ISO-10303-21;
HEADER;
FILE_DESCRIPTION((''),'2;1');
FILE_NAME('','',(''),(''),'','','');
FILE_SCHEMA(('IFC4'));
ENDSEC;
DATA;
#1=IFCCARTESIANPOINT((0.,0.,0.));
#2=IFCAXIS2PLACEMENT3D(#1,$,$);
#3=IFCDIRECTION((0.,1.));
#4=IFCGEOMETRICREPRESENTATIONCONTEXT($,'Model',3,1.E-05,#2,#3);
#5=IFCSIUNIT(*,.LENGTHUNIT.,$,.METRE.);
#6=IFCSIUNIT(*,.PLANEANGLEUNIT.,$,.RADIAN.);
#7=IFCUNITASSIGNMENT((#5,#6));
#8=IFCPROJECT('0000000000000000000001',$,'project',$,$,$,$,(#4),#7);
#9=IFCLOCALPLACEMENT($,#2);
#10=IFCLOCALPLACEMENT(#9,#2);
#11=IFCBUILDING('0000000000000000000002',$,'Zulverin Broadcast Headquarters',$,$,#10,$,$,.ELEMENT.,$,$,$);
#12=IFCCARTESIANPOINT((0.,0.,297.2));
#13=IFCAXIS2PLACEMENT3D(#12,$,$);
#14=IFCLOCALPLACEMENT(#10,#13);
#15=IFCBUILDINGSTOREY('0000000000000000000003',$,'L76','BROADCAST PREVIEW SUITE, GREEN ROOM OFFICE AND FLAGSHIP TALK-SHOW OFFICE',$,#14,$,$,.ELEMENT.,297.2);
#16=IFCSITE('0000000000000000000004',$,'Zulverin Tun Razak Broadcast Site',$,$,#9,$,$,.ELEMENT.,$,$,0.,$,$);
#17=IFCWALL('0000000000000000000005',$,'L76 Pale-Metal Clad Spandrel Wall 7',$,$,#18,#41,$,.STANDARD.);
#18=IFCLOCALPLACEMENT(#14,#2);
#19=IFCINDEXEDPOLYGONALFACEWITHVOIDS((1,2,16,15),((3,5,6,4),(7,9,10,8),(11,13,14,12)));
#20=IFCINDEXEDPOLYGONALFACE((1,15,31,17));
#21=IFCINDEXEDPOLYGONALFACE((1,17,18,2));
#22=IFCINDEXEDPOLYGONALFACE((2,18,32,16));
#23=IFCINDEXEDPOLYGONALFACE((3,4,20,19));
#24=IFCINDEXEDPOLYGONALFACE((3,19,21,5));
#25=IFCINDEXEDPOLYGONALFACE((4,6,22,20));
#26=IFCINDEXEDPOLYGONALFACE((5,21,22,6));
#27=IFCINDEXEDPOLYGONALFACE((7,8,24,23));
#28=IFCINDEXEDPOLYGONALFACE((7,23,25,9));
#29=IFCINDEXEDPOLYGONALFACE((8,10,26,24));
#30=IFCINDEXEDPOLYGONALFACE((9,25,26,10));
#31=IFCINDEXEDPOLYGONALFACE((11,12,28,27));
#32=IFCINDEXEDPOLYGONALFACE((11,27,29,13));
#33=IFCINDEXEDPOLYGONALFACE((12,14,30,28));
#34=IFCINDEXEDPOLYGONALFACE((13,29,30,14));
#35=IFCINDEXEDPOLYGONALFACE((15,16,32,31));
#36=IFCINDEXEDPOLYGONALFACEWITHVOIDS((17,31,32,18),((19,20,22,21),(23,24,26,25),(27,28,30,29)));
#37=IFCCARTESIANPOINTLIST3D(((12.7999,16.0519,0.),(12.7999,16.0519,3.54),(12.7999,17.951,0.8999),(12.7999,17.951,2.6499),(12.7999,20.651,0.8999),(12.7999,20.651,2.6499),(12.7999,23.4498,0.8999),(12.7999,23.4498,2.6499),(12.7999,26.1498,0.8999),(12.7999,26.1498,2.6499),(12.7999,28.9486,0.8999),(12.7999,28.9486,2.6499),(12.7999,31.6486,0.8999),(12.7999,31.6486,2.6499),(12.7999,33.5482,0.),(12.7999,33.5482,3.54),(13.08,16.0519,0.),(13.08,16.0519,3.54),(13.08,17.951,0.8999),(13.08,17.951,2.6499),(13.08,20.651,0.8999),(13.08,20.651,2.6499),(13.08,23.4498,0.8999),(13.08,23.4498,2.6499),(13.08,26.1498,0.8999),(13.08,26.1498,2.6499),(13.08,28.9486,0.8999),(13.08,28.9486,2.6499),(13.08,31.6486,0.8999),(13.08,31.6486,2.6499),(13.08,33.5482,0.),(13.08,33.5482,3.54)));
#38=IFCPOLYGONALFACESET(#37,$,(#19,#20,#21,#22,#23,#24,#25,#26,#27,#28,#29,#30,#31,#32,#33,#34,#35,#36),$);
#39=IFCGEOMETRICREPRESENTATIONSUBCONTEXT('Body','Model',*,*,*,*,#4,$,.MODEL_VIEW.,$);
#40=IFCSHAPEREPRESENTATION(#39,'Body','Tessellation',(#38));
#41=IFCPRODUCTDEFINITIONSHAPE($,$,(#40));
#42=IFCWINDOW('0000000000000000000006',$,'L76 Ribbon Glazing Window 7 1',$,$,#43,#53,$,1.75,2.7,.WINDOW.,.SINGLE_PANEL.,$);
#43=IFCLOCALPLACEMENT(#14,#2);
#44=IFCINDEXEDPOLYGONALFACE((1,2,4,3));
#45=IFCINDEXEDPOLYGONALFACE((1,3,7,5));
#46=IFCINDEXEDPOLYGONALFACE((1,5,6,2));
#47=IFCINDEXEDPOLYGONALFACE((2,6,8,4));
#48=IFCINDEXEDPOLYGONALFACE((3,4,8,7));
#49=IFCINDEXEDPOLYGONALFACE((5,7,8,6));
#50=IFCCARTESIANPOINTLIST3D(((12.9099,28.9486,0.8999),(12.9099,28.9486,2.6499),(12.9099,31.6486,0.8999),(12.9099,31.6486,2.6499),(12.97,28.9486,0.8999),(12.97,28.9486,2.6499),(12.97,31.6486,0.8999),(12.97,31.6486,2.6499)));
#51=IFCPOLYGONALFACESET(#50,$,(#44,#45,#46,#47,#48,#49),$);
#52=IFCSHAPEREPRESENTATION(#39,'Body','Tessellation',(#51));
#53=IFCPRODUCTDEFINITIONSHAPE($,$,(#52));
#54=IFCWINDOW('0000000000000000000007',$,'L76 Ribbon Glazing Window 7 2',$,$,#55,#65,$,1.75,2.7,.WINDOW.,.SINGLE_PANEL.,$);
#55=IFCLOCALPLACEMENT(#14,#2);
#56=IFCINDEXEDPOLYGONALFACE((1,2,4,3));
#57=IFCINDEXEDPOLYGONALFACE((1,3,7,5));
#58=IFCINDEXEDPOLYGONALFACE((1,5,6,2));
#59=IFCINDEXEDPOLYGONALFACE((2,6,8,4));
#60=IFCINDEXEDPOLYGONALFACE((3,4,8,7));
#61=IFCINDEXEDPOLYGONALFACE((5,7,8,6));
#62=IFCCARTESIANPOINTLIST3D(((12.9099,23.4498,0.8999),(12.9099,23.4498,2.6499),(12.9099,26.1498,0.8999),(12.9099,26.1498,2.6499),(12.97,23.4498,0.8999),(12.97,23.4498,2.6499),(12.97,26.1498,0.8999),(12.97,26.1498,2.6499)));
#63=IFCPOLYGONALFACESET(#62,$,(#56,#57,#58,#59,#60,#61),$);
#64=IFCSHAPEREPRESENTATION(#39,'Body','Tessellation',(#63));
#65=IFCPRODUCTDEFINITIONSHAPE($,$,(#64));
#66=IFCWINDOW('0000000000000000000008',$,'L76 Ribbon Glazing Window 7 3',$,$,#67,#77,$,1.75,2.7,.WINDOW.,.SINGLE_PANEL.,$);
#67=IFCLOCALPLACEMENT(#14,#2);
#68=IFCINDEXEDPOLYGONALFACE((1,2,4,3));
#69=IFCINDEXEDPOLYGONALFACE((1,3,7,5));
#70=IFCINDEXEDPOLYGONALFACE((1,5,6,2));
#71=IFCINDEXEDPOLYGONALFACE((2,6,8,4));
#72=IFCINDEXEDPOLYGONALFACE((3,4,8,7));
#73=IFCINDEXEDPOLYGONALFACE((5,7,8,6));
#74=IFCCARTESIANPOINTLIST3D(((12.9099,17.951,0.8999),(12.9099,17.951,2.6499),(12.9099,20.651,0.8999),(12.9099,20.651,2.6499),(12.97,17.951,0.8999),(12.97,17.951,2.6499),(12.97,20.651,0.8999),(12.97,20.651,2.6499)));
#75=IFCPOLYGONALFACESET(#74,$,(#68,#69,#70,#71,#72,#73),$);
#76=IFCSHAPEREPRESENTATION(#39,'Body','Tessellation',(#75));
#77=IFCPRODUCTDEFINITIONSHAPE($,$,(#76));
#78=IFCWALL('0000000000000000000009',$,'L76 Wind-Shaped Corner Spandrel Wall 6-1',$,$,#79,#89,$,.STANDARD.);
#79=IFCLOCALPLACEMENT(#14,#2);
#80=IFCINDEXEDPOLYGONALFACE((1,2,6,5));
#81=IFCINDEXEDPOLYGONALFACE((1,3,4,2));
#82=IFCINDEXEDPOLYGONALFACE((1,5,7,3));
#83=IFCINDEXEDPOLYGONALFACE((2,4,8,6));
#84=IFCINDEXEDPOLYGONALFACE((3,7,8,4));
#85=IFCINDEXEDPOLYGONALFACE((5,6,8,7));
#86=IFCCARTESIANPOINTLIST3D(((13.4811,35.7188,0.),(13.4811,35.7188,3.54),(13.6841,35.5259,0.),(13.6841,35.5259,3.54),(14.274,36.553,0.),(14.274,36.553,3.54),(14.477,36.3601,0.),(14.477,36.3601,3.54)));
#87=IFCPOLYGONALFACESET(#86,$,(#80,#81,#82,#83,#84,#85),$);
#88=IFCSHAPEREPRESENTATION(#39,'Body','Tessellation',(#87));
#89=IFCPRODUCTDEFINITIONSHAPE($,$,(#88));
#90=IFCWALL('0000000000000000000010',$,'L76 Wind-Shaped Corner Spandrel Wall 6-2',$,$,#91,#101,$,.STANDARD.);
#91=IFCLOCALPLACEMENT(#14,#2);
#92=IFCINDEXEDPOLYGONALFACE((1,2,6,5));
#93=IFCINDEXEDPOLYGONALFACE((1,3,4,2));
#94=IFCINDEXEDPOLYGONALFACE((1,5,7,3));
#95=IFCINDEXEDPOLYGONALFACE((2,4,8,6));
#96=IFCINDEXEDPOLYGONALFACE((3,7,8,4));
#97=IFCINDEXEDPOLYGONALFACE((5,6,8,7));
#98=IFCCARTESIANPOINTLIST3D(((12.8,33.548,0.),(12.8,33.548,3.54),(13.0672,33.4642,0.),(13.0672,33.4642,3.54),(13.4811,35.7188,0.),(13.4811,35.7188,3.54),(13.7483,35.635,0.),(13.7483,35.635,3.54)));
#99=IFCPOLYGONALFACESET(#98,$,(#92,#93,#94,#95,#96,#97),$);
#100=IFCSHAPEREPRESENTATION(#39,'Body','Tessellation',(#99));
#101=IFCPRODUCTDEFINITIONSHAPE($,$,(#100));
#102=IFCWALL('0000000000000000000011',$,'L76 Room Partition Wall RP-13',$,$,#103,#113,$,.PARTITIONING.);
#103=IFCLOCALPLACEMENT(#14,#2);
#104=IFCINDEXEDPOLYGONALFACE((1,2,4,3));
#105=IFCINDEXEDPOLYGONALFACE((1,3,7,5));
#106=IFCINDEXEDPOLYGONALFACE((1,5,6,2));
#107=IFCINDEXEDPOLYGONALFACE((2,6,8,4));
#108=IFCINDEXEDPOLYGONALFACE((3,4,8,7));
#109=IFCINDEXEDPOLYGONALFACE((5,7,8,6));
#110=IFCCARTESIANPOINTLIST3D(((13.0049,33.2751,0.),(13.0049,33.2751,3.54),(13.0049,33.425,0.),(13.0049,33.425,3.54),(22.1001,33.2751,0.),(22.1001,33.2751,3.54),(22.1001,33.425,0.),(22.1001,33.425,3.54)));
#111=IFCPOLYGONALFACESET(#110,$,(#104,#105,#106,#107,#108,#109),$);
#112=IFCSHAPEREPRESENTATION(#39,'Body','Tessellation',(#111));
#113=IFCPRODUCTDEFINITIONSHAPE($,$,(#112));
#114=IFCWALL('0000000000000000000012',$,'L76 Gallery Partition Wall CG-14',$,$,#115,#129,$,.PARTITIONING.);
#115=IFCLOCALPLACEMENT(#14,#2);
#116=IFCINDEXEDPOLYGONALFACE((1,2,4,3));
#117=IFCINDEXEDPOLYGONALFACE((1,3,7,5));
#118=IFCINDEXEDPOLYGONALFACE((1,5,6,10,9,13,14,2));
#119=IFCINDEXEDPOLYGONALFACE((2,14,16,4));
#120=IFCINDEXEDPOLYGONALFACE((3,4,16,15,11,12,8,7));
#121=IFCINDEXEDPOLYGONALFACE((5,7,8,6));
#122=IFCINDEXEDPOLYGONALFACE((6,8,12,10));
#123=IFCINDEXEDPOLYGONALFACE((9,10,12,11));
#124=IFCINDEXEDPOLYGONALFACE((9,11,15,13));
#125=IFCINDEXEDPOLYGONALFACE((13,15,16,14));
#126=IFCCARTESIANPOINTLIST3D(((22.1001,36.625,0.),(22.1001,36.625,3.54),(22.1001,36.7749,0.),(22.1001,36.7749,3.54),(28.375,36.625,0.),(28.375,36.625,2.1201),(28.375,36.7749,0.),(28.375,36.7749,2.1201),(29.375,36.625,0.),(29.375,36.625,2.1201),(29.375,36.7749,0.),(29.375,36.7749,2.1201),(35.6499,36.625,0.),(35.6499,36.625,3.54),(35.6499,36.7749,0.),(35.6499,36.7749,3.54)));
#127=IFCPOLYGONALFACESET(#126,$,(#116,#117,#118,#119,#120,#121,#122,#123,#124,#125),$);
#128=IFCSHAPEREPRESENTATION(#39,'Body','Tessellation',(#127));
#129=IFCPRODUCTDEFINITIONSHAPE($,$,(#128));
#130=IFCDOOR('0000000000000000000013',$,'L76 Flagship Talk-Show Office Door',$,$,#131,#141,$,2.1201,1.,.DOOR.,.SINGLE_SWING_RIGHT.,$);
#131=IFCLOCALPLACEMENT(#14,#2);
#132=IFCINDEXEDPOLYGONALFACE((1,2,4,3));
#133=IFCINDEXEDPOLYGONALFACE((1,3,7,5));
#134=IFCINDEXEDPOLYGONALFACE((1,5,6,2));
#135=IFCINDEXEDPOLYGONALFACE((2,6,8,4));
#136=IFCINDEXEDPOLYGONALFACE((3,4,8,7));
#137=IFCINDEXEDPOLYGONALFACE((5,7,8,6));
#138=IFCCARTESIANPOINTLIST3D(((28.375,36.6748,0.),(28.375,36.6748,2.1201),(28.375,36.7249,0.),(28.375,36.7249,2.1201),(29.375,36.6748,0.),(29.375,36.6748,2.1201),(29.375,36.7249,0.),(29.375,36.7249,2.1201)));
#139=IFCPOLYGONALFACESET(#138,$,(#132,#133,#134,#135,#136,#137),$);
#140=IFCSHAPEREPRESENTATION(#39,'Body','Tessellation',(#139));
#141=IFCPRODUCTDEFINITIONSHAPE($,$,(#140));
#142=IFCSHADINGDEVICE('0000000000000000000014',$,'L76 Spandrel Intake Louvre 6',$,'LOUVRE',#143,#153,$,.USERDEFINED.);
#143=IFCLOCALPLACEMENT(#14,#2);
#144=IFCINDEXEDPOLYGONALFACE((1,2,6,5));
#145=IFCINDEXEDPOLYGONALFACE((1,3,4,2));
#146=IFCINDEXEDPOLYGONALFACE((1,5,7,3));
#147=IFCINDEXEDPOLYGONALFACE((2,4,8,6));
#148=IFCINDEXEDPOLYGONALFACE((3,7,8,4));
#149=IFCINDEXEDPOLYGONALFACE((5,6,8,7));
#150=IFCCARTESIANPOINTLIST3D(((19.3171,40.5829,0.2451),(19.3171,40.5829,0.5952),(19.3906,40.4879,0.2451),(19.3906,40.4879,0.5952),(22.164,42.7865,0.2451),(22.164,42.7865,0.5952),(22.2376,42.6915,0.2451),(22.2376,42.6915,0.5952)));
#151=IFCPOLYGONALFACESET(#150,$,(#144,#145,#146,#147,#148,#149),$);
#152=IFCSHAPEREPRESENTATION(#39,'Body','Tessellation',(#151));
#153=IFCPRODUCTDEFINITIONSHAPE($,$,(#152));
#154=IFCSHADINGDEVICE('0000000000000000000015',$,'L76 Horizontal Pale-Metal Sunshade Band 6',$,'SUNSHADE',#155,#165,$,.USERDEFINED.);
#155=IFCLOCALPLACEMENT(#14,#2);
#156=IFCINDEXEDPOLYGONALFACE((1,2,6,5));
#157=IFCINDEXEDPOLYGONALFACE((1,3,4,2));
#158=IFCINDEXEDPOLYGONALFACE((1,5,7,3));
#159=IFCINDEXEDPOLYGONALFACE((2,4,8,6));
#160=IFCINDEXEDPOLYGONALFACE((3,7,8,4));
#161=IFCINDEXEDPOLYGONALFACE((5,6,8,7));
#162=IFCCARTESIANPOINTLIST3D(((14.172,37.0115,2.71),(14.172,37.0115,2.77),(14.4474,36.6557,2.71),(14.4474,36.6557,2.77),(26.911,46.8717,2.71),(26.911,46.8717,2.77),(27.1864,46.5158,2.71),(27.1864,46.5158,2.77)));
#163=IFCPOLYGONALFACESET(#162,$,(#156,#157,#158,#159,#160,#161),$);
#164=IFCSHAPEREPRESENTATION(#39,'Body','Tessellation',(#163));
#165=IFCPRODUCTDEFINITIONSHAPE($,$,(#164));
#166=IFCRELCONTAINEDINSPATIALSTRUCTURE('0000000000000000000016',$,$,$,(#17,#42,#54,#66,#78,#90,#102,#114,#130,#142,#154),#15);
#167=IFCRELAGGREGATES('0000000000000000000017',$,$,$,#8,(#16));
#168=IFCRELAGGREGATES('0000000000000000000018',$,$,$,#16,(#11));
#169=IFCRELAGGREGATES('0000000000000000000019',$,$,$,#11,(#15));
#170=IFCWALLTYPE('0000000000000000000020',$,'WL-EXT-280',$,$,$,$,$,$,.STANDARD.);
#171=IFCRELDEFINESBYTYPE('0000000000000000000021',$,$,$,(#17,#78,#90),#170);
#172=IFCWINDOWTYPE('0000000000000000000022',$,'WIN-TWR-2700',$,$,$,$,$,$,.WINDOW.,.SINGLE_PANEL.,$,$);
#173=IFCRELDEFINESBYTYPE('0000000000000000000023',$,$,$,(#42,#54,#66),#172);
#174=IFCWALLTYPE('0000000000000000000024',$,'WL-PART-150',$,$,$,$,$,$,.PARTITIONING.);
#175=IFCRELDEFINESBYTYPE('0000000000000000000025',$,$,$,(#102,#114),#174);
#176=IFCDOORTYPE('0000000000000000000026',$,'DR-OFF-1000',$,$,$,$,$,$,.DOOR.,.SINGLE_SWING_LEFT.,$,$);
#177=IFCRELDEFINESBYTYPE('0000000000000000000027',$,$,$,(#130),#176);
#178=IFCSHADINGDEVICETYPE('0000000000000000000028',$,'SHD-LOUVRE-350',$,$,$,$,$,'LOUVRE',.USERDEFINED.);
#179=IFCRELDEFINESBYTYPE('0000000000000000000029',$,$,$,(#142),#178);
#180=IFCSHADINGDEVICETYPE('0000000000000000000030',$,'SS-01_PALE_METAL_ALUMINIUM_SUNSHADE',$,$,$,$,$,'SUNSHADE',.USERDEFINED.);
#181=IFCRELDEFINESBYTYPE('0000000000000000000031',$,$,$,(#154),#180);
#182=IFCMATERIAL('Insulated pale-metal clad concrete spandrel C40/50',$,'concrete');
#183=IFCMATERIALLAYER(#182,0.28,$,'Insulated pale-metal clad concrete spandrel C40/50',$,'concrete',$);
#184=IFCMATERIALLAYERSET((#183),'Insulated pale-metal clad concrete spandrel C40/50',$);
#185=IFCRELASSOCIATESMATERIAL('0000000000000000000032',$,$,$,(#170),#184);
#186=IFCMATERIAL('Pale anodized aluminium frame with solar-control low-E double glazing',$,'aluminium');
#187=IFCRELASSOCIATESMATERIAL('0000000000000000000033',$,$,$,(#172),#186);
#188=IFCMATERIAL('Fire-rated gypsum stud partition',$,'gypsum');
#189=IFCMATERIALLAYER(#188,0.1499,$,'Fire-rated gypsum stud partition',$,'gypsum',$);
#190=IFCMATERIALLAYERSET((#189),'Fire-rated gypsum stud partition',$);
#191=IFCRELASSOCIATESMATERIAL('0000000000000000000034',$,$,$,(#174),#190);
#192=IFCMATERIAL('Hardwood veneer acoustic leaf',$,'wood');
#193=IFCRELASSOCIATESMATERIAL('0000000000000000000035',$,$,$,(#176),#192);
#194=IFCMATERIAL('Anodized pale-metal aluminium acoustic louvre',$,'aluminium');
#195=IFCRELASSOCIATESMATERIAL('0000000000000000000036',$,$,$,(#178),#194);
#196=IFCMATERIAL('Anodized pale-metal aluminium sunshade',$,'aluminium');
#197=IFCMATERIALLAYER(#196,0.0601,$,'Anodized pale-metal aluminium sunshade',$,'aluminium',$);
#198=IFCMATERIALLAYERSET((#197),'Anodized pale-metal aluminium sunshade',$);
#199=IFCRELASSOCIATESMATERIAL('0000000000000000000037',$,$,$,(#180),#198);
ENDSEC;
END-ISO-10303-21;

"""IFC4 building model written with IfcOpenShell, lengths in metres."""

from ifc_helpers import new_model, si_unit, direction, frame, frame_2d, origin, origin_2d, place, context, subcontext, project, spatial, rectangle, extrude, material, layer, layer_set, type_object, element, fill, save


model = new_model("IFC4")

# Units and contexts
model_context = context("Model", 3, precision=1e-05, world=origin(), true_north=direction((0.0, 1.0)))
body_context = subcontext(model_context, "Body", "Model", "MODEL_VIEW")
ifc_project = project(units=[si_unit("LENGTHUNIT", "METRE"), si_unit("PLANEANGLEUNIT", "RADIAN")], contexts=[model_context])

# Site, building, storey
site_placement = place(None, origin())
site = spatial("IfcSite", under=ifc_project, at=site_placement, Name="Zulverin Tun Razak Broadcast Site", CompositionType="ELEMENT", RefElevation=0.0)
building_placement = place(site_placement, origin())
building = spatial("IfcBuilding", under=site, at=building_placement, Name="Zulverin Broadcast Headquarters", CompositionType="ELEMENT")
storey_placement = place(building_placement, frame((0.0, 0.0, 297.2)))
storey = spatial("IfcBuildingStorey", under=building, at=storey_placement, Name="L76", Description="BROADCAST PREVIEW SUITE, GREEN ROOM OFFICE AND FLAGSHIP TALK-SHOW OFFICE", CompositionType="ELEMENT", Elevation=297.2)

# Wall, openings, windows
ifc_material_1 = material(Name="Insulated pale-metal clad concrete spandrel C40/50", Category="concrete")
ifc_layer_1 = layer(ifc_material_1, 0.28, Name="Insulated pale-metal clad concrete spandrel C40/50", Category="concrete")
ifc_layer_set_1 = layer_set([ifc_layer_1], Name="Insulated pale-metal clad concrete spandrel C40/50")
wall_type_1 = type_object("IfcWallType", Name="WL-EXT-280", PredefinedType="STANDARD", material=ifc_layer_set_1)
wall_1_placement = place(storey_placement, frame((12.9399, 33.5481, 0.0), z_axis=(0.0, 0.0, 1.0), x_axis=(0.0, -1.0, 0.0)))
wall_1 = element("IfcWall", 1, at=wall_1_placement, inside=storey, type_object=wall_type_1, Name="L76 Pale-Metal Clad Spandrel Wall 7", PredefinedType="STANDARD", context=body_context, shape_type="SweptSolid", body=[
    extrude(rectangle(XDim=17.4963, YDim=0.28, at=frame_2d((8.748, 0.0))), origin(), (0.0, 0.0, 1.0), 3.54),
])
opening_1_placement = place(wall_1_placement, frame((1.8994, 0.0, 0.8999)))
opening_1 = element("IfcOpeningElement", 2, at=opening_1_placement, cuts=wall_1, PredefinedType="OPENING", context=body_context, shape_type="SweptSolid", body=[
    extrude(rectangle(XDim=2.7, YDim=1.75, at=frame_2d((1.3501, 0.875))), frame((0.0, 0.1499, 0.0), z_axis=(0.0, -1.0, 0.0), x_axis=(1.0, 0.0, 0.0)), (0.0, 0.0, 1.0), 0.3),
])
opening_2_placement = place(wall_1_placement, frame((7.3982, 0.0, 0.8999)))
opening_2 = element("IfcOpeningElement", 3, at=opening_2_placement, cuts=wall_1, PredefinedType="OPENING", context=body_context, shape_type="SweptSolid", body=[
    extrude(rectangle(XDim=2.7, YDim=1.75, at=frame_2d((1.3501, 0.875))), frame((0.0, 0.1499, 0.0), z_axis=(0.0, -1.0, 0.0), x_axis=(1.0, 0.0, 0.0)), (0.0, 0.0, 1.0), 0.3),
])
opening_3_placement = place(wall_1_placement, frame((12.897, 0.0, 0.8999)))
opening_3 = element("IfcOpeningElement", 4, at=opening_3_placement, cuts=wall_1, PredefinedType="OPENING", context=body_context, shape_type="SweptSolid", body=[
    extrude(rectangle(XDim=2.7, YDim=1.75, at=frame_2d((1.3501, 0.875))), frame((0.0, 0.1499, 0.0), z_axis=(0.0, -1.0, 0.0), x_axis=(1.0, 0.0, 0.0)), (0.0, 0.0, 1.0), 0.3),
])
ifc_material_2 = material(Name="Pale anodized aluminium frame with solar-control low-E double glazing", Category="aluminium")
window_type = type_object("IfcWindowType", Name="WIN-TWR-2700", PartitioningType="SINGLE_PANEL", PredefinedType="WINDOW", material=ifc_material_2)
window_1_placement = place(opening_1_placement, origin())
window_1 = element("IfcWindow", 5, at=window_1_placement, inside=storey, type_object=window_type, Name="L76 Ribbon Glazing Window 7 1", OverallHeight=1.75, OverallWidth=2.7, PartitioningType="SINGLE_PANEL", PredefinedType="WINDOW", context=body_context, shape_type="SweptSolid", body=[
    extrude(rectangle(XDim=2.7, YDim=1.75, at=frame_2d((1.3501, 0.875))), frame((0.0, 0.03, 0.0), z_axis=(0.0, -1.0, 0.0), x_axis=(1.0, 0.0, 0.0)), (0.0, 0.0, 1.0), 0.0601),
])
fill(opening_1, window_1)
window_2_placement = place(opening_2_placement, origin())
window_2 = element("IfcWindow", 6, at=window_2_placement, inside=storey, type_object=window_type, Name="L76 Ribbon Glazing Window 7 2", OverallHeight=1.75, OverallWidth=2.7, PartitioningType="SINGLE_PANEL", PredefinedType="WINDOW", context=body_context, shape_type="SweptSolid", body=[
    extrude(rectangle(XDim=2.7, YDim=1.75, at=frame_2d((1.3501, 0.875))), frame((0.0, 0.03, 0.0), z_axis=(0.0, -1.0, 0.0), x_axis=(1.0, 0.0, 0.0)), (0.0, 0.0, 1.0), 0.0601),
])
fill(opening_2, window_2)
window_3_placement = place(opening_3_placement, origin())
window_3 = element("IfcWindow", 7, at=window_3_placement, inside=storey, type_object=window_type, Name="L76 Ribbon Glazing Window 7 3", OverallHeight=1.75, OverallWidth=2.7, PartitioningType="SINGLE_PANEL", PredefinedType="WINDOW", context=body_context, shape_type="SweptSolid", body=[
    extrude(rectangle(XDim=2.7, YDim=1.75, at=frame_2d((1.3501, 0.875))), frame((0.0, 0.03, 0.0), z_axis=(0.0, -1.0, 0.0), x_axis=(1.0, 0.0, 0.0)), (0.0, 0.0, 1.0), 0.0601),
])
fill(opening_3, window_3)

# Walls
wall_2_placement = place(storey_placement, frame((14.3755, 36.4565, 0.0), z_axis=(0.0, 0.0, 1.0), x_axis=(-0.688956, -0.724803, 0.0)))
element("IfcWall", 8, at=wall_2_placement, inside=storey, type_object=wall_type_1, Name="L76 Wind-Shaped Corner Spandrel Wall 6-1", PredefinedType="STANDARD", context=body_context, shape_type="SweptSolid", body=[
    extrude(rectangle(XDim=1.1509, YDim=0.28, at=frame_2d((0.5754, 0.0))), origin(), (0.0, 0.0, 1.0), 3.54),
])
wall_3_placement = place(storey_placement, frame((13.6147, 35.677, 0.0), z_axis=(0.0, 0.0, 1.0), x_axis=(-0.299375, -0.954136, 0.0)))
element("IfcWall", 9, at=wall_3_placement, inside=storey, type_object=wall_type_1, Name="L76 Wind-Shaped Corner Spandrel Wall 6-2", PredefinedType="STANDARD", context=body_context, shape_type="SweptSolid", body=[
    extrude(rectangle(XDim=2.2751, YDim=0.28, at=frame_2d((1.1377, 0.0))), origin(), (0.0, 0.0, 1.0), 3.54),
])
ifc_material_3 = material(Name="Fire-rated gypsum stud partition", Category="gypsum")
ifc_layer_2 = layer(ifc_material_3, 0.1499, Name="Fire-rated gypsum stud partition", Category="gypsum")
ifc_layer_set_2 = layer_set([ifc_layer_2], Name="Fire-rated gypsum stud partition")
wall_type_2 = type_object("IfcWallType", Name="WL-PART-150", PredefinedType="PARTITIONING", material=ifc_layer_set_2)
wall_4_placement = place(storey_placement, frame((13.0049, 33.3501, 0.0), z_axis=(0.0, 0.0, 1.0), x_axis=(1.0, 0.0, 0.0)))
element("IfcWall", 10, at=wall_4_placement, inside=storey, type_object=wall_type_2, Name="L76 Room Partition Wall RP-13", PredefinedType="PARTITIONING", context=body_context, shape_type="SweptSolid", body=[
    extrude(rectangle(XDim=9.0952, YDim=0.1499, at=frame_2d((4.5476, 0.0))), origin(), (0.0, 0.0, 1.0), 3.54),
])

# Wall, opening, door
wall_5_placement = place(storey_placement, frame((22.1001, 36.7, 0.0), z_axis=(0.0, 0.0, 1.0), x_axis=(1.0, 0.0, 0.0)))
wall_5 = element("IfcWall", 11, at=wall_5_placement, inside=storey, type_object=wall_type_2, Name="L76 Gallery Partition Wall CG-14", PredefinedType="PARTITIONING", context=body_context, shape_type="SweptSolid", body=[
    extrude(rectangle(XDim=13.5498, YDim=0.1499, at=frame_2d((6.7749, 0.0))), origin(), (0.0, 0.0, 1.0), 3.54),
])
opening_4_placement = place(wall_5_placement, frame((6.2749, 0.0, 0.0)))
opening_4 = element("IfcOpeningElement", 12, at=opening_4_placement, cuts=wall_5, PredefinedType="OPENING", context=body_context, shape_type="SweptSolid", body=[
    extrude(rectangle(XDim=1.0, YDim=2.1201, at=frame_2d((0.5, 1.0601))), frame((0.0, 0.085, 0.0), z_axis=(0.0, -1.0, 0.0), x_axis=(1.0, 0.0, 0.0)), (0.0, 0.0, 1.0), 0.1699),
])
ifc_material_4 = material(Name="Hardwood veneer acoustic leaf", Category="wood")
door_type = type_object("IfcDoorType", Name="DR-OFF-1000", OperationType="SINGLE_SWING_LEFT", PredefinedType="DOOR", material=ifc_material_4)
door_placement = place(opening_4_placement, origin())
door = element("IfcDoor", 13, at=door_placement, inside=storey, type_object=door_type, Name="L76 Flagship Talk-Show Office Door", OperationType="SINGLE_SWING_RIGHT", OverallHeight=2.1201, OverallWidth=1.0, PredefinedType="DOOR", context=body_context, shape_type="SweptSolid", body=[
    extrude(rectangle(XDim=1.0, YDim=2.1201, at=frame_2d((0.5, 1.0601))), frame((0.0, 0.0249, 0.0), z_axis=(0.0, -1.0, 0.0), x_axis=(1.0, 0.0, 0.0)), (0.0, 0.0, 1.0), 0.05),
])
fill(opening_4, door)

# Shading devices
ifc_material_5 = material(Name="Anodized pale-metal aluminium acoustic louvre", Category="aluminium")
shading_device_type_1 = type_object("IfcShadingDeviceType", Name="SHD-LOUVRE-350", ElementType="LOUVRE", PredefinedType="USERDEFINED", material=ifc_material_5)
shading_device_1_placement = place(storey_placement, frame((20.7773, 41.6372, 0.2451), z_axis=(0.0, 0.0, 1.0), x_axis=(-0.790792, -0.612085, 0.0)))
element("IfcShadingDevice", 14, at=shading_device_1_placement, inside=storey, type_object=shading_device_type_1, Name="L76 Spandrel Intake Louvre 6", ObjectType="LOUVRE", PredefinedType="USERDEFINED", context=body_context, shape_type="SweptSolid", body=[
    extrude(rectangle(XDim=3.6001, YDim=0.1201, at=origin_2d()), origin(), (0.0, 0.0, 1.0), 0.3501),
])
ifc_material_6 = material(Name="Anodized pale-metal aluminium sunshade", Category="aluminium")
ifc_layer_3 = layer(ifc_material_6, 0.0601, Name="Anodized pale-metal aluminium sunshade", Category="aluminium")
ifc_layer_set_3 = layer_set([ifc_layer_3], Name="Anodized pale-metal aluminium sunshade")
shading_device_type_2 = type_object("IfcShadingDeviceType", Name="SS-01_PALE_METAL_ALUMINIUM_SUNSHADE", ElementType="SUNSHADE", PredefinedType="USERDEFINED", material=ifc_layer_set_3)
shading_device_2_placement = place(storey_placement, frame((20.6792, 41.7637, 2.71), z_axis=(0.0, 0.0, 1.0), x_axis=(-0.790792, -0.612085, 0.0)))
element("IfcShadingDevice", 15, at=shading_device_2_placement, inside=storey, type_object=shading_device_type_2, Name="L76 Horizontal Pale-Metal Sunshade Band 6", ObjectType="SUNSHADE", PredefinedType="USERDEFINED", context=body_context, shape_type="SweptSolid", body=[
    extrude(rectangle(XDim=16.1091, YDim=0.45, at=origin_2d()), origin(), (0.0, 0.0, 1.0), 0.0601),
])

save(model, "model.ifc")
